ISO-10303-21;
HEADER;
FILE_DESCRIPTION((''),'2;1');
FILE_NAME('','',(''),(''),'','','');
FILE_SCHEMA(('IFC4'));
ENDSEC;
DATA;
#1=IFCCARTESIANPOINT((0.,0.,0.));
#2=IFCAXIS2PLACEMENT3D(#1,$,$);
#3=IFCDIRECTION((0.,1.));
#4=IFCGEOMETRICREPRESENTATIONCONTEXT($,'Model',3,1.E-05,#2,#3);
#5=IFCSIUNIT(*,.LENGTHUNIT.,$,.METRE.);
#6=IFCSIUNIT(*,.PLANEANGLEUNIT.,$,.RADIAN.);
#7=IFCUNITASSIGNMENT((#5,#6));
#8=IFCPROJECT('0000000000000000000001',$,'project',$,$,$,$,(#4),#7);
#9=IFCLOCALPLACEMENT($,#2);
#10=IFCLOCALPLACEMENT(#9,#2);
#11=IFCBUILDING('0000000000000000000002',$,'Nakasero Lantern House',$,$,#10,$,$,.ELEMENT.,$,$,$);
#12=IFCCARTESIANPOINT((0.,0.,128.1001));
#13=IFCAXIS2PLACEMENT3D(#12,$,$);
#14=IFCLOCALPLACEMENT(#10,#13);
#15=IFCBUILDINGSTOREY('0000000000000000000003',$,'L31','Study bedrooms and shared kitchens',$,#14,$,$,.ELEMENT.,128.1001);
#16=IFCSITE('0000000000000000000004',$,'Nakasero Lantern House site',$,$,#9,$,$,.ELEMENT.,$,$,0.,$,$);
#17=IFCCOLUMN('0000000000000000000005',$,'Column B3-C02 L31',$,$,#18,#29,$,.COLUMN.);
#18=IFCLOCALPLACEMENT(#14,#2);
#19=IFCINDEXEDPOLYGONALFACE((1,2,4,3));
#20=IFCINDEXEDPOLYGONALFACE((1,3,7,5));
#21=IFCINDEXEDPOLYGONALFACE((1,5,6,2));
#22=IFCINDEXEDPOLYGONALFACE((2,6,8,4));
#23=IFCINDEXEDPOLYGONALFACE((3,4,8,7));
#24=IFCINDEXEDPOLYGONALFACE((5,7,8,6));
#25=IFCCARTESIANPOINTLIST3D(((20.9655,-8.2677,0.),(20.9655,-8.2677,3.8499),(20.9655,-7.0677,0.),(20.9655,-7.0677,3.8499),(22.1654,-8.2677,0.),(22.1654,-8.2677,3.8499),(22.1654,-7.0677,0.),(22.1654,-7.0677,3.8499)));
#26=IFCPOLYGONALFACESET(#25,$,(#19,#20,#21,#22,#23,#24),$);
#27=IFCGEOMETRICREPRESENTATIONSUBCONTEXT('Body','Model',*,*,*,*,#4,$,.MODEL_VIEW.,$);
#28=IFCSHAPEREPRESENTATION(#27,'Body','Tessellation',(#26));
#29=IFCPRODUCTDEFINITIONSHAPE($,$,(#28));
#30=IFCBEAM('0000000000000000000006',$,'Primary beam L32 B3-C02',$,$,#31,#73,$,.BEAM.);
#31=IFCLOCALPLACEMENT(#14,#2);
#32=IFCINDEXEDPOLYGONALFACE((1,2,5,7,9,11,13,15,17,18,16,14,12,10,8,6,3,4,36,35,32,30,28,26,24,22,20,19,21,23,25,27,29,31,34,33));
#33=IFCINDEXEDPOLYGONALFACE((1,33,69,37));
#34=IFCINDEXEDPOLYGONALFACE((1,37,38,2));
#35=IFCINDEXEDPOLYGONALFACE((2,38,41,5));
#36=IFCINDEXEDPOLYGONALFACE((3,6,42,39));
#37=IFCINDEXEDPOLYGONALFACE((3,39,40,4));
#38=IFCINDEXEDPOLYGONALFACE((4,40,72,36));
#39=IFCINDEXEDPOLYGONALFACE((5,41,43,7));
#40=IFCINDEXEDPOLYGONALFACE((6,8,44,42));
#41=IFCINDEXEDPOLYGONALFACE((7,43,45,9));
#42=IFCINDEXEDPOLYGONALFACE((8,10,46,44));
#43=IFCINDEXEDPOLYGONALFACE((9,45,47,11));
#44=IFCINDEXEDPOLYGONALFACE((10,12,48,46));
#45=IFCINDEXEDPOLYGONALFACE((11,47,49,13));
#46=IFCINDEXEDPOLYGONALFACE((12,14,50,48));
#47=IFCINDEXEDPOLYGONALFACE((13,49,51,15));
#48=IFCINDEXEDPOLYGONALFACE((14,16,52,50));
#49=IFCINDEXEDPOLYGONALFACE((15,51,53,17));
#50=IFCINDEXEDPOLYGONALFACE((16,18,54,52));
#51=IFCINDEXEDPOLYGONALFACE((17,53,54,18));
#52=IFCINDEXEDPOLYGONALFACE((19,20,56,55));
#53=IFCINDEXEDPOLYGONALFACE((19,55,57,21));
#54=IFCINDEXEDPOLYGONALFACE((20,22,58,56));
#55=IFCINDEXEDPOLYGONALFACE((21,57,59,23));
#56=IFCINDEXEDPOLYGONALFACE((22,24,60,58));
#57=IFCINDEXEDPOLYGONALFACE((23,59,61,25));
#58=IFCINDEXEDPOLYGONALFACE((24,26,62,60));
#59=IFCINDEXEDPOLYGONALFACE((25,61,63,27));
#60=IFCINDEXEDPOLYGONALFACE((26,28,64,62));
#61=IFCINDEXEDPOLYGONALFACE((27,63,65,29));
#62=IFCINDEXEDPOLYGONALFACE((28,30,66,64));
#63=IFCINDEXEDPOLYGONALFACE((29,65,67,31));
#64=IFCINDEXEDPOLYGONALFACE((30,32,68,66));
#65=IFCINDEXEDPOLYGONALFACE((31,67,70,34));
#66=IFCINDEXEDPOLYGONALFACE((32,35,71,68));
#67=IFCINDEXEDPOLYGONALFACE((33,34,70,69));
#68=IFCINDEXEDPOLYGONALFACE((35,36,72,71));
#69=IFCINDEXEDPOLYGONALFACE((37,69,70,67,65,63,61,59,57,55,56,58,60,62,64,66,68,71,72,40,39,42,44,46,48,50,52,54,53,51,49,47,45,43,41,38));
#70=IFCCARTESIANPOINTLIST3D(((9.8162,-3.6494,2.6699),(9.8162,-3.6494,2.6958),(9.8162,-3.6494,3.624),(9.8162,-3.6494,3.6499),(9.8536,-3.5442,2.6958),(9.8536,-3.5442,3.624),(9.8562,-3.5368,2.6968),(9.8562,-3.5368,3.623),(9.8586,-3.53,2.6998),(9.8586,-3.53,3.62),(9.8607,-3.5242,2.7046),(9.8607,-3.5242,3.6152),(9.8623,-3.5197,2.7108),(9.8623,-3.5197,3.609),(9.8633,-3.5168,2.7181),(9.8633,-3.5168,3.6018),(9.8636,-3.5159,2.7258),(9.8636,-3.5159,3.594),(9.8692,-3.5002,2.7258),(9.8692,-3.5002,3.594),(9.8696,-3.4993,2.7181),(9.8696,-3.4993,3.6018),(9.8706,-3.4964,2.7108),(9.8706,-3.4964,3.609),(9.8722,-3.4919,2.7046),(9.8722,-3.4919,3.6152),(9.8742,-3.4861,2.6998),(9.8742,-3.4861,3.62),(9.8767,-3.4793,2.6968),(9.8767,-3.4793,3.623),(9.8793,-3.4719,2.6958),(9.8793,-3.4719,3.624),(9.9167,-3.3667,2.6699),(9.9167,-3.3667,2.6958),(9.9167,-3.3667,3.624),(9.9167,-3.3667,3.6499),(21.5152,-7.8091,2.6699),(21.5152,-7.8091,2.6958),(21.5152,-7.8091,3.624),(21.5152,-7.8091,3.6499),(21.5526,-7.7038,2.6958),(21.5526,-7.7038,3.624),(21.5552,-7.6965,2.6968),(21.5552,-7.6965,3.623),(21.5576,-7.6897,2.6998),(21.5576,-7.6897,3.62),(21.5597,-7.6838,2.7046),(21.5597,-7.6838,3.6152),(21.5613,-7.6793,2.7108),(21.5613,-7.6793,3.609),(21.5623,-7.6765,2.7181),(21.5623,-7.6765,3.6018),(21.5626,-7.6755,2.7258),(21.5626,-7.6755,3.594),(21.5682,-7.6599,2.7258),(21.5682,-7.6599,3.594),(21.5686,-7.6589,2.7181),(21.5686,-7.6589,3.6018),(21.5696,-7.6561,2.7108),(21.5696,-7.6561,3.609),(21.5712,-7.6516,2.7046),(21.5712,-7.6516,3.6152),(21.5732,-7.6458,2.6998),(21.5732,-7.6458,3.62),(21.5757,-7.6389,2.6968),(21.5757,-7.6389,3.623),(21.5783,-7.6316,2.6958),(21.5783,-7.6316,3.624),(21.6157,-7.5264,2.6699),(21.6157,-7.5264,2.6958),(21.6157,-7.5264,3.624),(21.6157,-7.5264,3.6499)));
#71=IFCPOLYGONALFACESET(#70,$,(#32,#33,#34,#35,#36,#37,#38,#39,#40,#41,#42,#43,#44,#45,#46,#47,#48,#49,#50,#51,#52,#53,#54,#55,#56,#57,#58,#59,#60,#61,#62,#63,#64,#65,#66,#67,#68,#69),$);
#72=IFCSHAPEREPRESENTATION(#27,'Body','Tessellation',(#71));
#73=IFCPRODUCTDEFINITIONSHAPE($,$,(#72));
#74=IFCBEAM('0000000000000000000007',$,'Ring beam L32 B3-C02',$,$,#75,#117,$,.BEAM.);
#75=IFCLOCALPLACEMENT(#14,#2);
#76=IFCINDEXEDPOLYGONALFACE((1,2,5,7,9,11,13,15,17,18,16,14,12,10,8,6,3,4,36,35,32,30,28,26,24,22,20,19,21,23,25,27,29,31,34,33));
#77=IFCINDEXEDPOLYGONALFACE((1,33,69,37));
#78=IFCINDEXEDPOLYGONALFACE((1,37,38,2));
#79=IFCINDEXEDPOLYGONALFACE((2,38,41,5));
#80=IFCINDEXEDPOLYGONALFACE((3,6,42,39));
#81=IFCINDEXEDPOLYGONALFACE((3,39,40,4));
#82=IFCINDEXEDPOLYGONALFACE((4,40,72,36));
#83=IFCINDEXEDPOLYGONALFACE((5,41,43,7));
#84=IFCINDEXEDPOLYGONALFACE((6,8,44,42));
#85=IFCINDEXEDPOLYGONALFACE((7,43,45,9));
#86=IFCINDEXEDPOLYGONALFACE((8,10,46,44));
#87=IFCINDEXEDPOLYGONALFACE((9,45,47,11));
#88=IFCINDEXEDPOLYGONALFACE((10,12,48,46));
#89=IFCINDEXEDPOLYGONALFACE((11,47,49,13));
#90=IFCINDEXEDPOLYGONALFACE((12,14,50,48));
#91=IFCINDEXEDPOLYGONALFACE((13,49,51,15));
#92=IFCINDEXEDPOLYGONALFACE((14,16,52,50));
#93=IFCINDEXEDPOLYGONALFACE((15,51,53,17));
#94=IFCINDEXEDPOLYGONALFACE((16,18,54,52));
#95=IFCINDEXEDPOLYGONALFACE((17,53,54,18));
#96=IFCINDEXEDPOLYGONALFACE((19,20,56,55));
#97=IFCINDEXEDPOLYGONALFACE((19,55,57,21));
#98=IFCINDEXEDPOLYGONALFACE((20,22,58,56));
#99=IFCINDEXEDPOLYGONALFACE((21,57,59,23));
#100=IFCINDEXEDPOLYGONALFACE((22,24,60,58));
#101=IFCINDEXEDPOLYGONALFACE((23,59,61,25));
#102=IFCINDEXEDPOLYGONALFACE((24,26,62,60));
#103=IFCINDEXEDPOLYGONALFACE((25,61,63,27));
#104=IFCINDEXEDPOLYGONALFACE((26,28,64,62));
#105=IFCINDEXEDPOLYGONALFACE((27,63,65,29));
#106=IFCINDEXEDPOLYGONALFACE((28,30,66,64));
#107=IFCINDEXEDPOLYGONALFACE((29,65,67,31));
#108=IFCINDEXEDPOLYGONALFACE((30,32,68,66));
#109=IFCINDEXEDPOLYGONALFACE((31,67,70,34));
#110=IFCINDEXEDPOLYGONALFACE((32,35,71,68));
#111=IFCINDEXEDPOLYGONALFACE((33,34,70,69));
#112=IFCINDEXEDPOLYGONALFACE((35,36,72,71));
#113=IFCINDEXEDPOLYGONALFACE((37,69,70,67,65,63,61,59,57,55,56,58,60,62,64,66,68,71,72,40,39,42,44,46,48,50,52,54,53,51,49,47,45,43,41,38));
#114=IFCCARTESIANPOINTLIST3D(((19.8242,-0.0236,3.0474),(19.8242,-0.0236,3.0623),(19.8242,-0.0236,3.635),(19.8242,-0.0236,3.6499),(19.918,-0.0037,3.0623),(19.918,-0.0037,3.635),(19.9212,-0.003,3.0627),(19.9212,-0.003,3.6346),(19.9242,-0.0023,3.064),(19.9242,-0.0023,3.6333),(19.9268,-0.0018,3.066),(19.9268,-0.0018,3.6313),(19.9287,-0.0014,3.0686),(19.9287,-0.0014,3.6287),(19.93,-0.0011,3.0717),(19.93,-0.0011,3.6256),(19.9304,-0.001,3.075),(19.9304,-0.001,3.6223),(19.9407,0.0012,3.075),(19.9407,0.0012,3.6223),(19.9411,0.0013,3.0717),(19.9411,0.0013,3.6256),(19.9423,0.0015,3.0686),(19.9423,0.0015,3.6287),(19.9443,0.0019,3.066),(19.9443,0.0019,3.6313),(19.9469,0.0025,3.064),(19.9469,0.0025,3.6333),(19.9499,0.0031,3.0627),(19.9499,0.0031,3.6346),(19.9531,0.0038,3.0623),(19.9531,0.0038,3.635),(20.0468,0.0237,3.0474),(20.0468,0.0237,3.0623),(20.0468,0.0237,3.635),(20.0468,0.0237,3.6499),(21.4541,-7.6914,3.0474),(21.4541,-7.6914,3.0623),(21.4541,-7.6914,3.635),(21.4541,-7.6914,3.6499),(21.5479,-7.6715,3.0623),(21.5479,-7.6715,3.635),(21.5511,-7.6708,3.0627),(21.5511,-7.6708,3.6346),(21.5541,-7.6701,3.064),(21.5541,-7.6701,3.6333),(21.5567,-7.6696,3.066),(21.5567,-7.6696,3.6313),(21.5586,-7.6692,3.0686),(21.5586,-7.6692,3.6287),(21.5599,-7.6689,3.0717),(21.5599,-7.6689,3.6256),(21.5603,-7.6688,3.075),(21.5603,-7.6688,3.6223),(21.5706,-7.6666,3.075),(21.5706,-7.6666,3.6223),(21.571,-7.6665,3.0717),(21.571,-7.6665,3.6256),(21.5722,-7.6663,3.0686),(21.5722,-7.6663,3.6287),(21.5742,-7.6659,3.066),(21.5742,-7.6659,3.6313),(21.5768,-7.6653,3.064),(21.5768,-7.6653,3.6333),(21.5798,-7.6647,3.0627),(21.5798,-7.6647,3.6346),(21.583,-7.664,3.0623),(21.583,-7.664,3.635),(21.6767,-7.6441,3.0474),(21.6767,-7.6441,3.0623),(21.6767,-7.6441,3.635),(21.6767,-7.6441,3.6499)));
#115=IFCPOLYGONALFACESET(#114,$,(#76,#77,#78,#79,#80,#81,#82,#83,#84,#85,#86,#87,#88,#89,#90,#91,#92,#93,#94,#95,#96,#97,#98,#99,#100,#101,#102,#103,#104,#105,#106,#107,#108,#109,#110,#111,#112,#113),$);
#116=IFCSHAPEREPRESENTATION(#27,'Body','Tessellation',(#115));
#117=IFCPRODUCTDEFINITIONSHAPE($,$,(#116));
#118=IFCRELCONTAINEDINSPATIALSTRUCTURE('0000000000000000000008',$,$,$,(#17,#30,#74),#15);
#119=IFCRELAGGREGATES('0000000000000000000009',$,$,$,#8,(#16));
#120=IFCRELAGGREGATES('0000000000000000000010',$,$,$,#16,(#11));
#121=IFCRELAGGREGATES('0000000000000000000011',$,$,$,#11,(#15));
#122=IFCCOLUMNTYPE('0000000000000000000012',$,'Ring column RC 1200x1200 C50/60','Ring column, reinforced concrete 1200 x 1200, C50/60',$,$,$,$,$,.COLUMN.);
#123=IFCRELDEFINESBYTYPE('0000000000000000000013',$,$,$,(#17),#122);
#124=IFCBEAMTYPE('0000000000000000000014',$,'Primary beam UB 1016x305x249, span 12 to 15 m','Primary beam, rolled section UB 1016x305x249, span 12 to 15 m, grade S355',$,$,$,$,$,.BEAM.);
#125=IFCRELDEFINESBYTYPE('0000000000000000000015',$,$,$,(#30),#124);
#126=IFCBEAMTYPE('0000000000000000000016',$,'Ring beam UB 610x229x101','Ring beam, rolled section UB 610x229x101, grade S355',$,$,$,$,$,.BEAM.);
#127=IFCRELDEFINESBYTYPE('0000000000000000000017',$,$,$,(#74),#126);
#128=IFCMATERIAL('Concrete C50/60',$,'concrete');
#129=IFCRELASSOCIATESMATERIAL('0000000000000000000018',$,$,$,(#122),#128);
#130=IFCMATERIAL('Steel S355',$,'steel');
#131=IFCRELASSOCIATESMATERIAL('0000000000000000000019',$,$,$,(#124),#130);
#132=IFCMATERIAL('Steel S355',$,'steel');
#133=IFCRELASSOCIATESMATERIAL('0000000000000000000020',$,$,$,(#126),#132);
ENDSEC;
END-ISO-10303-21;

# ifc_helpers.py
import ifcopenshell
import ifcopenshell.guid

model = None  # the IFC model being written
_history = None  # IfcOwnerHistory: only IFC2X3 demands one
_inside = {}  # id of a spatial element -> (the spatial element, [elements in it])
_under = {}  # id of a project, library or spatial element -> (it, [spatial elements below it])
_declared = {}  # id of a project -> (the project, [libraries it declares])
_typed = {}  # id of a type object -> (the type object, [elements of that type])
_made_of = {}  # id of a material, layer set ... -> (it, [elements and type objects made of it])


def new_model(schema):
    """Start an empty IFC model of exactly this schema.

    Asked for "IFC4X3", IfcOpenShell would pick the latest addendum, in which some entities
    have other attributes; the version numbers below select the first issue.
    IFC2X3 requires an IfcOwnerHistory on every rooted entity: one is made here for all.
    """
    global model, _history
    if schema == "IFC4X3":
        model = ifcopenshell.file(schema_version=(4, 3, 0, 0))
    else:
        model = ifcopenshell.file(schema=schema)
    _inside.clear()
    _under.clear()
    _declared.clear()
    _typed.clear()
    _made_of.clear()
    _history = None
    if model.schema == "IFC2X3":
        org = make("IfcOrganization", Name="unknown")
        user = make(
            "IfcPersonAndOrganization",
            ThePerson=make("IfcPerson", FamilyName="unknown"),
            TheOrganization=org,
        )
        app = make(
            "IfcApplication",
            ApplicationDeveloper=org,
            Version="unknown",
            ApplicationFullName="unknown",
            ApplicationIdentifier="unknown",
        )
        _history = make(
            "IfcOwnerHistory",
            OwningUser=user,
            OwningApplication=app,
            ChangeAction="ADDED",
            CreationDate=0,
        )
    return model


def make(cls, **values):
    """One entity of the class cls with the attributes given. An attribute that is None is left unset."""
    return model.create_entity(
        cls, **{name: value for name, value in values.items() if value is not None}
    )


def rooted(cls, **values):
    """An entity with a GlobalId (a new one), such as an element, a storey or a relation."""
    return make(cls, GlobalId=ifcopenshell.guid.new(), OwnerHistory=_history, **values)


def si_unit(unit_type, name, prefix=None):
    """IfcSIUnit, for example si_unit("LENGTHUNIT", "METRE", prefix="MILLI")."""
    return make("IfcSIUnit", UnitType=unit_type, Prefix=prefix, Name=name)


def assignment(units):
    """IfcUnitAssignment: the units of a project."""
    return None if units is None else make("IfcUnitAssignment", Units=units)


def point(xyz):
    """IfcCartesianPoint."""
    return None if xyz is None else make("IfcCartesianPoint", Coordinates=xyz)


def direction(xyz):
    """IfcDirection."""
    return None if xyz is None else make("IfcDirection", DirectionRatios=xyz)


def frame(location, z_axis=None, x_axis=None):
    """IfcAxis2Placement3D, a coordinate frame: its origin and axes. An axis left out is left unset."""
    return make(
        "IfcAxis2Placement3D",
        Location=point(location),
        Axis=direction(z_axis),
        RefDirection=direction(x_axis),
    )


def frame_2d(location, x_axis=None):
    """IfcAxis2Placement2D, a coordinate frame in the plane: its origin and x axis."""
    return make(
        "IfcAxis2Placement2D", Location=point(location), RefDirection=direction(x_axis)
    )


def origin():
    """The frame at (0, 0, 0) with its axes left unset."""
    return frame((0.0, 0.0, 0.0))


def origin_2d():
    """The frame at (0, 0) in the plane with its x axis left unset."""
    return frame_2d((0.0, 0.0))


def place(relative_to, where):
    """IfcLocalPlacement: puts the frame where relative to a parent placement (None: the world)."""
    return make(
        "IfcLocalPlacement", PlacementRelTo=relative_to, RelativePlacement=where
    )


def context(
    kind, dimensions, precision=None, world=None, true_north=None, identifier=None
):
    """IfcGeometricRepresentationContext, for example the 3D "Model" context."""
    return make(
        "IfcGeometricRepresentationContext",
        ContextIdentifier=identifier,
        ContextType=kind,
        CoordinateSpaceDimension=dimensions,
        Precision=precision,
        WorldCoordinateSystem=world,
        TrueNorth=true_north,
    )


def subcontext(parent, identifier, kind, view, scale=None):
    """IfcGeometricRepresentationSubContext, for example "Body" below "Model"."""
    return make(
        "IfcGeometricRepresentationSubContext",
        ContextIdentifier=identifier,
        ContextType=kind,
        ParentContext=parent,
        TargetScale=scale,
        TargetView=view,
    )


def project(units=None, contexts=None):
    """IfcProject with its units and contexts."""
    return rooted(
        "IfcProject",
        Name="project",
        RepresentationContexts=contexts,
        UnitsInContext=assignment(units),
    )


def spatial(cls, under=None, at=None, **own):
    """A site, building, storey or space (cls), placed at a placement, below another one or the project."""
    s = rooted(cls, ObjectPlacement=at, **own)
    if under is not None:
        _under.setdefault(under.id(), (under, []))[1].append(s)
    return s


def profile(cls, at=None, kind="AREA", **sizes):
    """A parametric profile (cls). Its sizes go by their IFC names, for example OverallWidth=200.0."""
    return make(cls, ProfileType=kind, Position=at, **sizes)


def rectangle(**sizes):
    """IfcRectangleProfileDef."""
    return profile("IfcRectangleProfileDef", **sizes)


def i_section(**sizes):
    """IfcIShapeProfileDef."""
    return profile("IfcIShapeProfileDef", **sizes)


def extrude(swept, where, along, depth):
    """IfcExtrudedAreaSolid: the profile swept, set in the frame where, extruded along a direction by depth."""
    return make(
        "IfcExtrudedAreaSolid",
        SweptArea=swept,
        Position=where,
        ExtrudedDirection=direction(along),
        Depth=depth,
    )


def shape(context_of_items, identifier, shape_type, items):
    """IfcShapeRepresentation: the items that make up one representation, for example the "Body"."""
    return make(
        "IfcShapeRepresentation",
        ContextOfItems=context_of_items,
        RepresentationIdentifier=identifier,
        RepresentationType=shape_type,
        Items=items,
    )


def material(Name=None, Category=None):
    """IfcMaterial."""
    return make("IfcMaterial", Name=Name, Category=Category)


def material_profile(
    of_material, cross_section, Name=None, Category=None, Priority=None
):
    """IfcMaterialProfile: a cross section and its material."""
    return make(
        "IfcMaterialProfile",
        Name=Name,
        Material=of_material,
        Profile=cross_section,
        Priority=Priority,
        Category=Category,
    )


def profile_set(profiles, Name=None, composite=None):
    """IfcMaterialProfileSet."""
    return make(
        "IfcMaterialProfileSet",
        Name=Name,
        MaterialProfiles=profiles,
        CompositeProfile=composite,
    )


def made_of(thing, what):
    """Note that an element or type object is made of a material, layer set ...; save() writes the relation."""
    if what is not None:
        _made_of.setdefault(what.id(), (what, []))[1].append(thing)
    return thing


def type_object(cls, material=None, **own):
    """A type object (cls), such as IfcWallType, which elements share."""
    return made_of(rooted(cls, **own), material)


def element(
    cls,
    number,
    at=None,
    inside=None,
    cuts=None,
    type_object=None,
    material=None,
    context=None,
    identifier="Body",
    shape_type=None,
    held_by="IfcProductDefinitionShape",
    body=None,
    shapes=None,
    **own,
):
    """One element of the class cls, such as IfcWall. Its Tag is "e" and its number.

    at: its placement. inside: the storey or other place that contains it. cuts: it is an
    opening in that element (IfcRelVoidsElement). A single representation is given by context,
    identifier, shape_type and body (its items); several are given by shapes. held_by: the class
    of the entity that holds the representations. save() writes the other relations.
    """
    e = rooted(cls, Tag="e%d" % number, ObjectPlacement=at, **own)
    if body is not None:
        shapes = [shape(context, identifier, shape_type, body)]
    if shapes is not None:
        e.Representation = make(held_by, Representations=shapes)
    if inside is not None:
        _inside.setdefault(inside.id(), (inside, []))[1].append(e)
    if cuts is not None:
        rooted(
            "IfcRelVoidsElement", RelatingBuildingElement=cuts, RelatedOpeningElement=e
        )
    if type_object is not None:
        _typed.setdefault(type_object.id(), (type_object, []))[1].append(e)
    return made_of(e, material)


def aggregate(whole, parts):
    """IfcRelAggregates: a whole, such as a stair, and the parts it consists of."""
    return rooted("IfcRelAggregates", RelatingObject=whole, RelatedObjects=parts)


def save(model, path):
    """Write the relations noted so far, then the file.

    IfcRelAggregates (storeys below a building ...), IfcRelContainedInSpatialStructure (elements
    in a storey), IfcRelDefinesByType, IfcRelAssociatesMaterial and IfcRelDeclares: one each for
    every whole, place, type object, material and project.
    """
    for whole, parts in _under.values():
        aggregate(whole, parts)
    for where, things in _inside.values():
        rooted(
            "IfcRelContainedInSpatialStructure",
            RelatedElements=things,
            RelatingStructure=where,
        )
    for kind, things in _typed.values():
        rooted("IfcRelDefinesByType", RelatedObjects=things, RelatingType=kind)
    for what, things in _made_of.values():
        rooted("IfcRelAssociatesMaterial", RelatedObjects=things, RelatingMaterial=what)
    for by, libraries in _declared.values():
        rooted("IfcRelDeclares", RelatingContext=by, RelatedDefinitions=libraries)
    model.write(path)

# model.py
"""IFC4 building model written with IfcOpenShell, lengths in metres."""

from ifc_helpers import new_model, si_unit, direction, frame, origin, origin_2d, place, context, subcontext, project, spatial, rectangle, i_section, extrude, material, material_profile, profile_set, type_object, element, save


model = new_model("IFC4")

# Units and contexts
model_context = context("Model", 3, precision=1e-05, world=origin(), true_north=direction((0.0, 1.0)))
body_context = subcontext(model_context, "Body", "Model", "MODEL_VIEW")
ifc_project = project(units=[si_unit("LENGTHUNIT", "METRE"), si_unit("PLANEANGLEUNIT", "RADIAN")], contexts=[model_context])

# Site, building, storey
site_placement = place(None, origin())
site = spatial("IfcSite", under=ifc_project, at=site_placement, Name="Nakasero Lantern House site", CompositionType="ELEMENT", RefElevation=0.0)
building_placement = place(site_placement, origin())
building = spatial("IfcBuilding", under=site, at=building_placement, Name="Nakasero Lantern House", CompositionType="ELEMENT")
storey_placement = place(building_placement, frame((0.0, 0.0, 128.1001)))
storey = spatial("IfcBuildingStorey", under=building, at=storey_placement, Name="L31", Description="Study bedrooms and shared kitchens", CompositionType="ELEMENT", Elevation=128.1001)

# Column
ifc_material_1 = material(Name="Concrete C50/60", Category="concrete")
ifc_material_profile_1 = material_profile(ifc_material_1, rectangle(XDim=1.2, YDim=1.2, at=origin_2d()), Name="RC 1200x1200")
ifc_profile_set_1 = profile_set([ifc_material_profile_1], Name="Concrete C50/60")
column_type = type_object("IfcColumnType", Name="Ring column RC 1200x1200 C50/60", Description="Ring column, reinforced concrete 1200 x 1200, C50/60", PredefinedType="COLUMN", material=ifc_profile_set_1)
column_placement = place(storey_placement, frame((21.5654, -7.6677, 0.0), z_axis=(0.0, 0.0, 1.0), x_axis=(1.0, 0.0, 0.0)))
element("IfcColumn", 1, at=column_placement, inside=storey, type_object=column_type, Name="Column B3-C02 L31", PredefinedType="COLUMN", context=body_context, shape_type="SweptSolid", body=[
    extrude(rectangle(XDim=1.2, YDim=1.2, at=origin_2d()), origin(), (0.0, 0.0, 1.0), 3.8499),
])

# Beams
ifc_material_2 = material(Name="Steel S355", Category="steel")
ifc_material_profile_2 = material_profile(ifc_material_2, i_section(OverallWidth=0.3, OverallDepth=0.98, WebThickness=0.0166, FlangeThickness=0.0259, FilletRadius=0.03, at=origin_2d()), Name="UB 1016x305x249")
ifc_profile_set_2 = profile_set([ifc_material_profile_2], Name="Steel S355")
beam_type_1 = type_object("IfcBeamType", Name="Primary beam UB 1016x305x249, span 12 to 15 m", Description="Primary beam, rolled section UB 1016x305x249, span 12 to 15 m, grade S355", PredefinedType="BEAM", material=ifc_profile_set_2)
beam_1_placement = place(storey_placement, frame((21.5654, -7.6677, 3.1599), z_axis=(-0.942214, 0.335012, 0.0), x_axis=(-0.335012, -0.942214, 0.0)))
element("IfcBeam", 2, at=beam_1_placement, inside=storey, type_object=beam_type_1, Name="Primary beam L32 B3-C02", PredefinedType="BEAM", context=body_context, shape_type="SweptSolid", body=[
    extrude(i_section(OverallWidth=0.3, OverallDepth=0.98, WebThickness=0.0166, FlangeThickness=0.0259, FilletRadius=0.03, at=origin_2d()), origin(), (0.0, 0.0, 1.0), 12.4165),
])
ifc_material_3 = material(Name="Steel S355", Category="steel")
ifc_material_profile_3 = material_profile(ifc_material_3, i_section(OverallWidth=0.2275, OverallDepth=0.6025, WebThickness=0.0105, FlangeThickness=0.0149, FilletRadius=0.0127, at=origin_2d()), Name="UB 610x229x101")
ifc_profile_set_3 = profile_set([ifc_material_profile_3], Name="Steel S355")
beam_type_2 = type_object("IfcBeamType", Name="Ring beam UB 610x229x101", Description="Ring beam, rolled section UB 610x229x101, grade S355", PredefinedType="BEAM", material=ifc_profile_set_3)
beam_2_placement = place(storey_placement, frame((21.5654, -7.6677, 3.3486), z_axis=(-0.207919, 0.978146, 0.0), x_axis=(-0.978146, -0.207919, 0.0)))
element("IfcBeam", 3, at=beam_2_placement, inside=storey, type_object=beam_type_2, Name="Ring beam L32 B3-C02", PredefinedType="BEAM", context=body_context, shape_type="SweptSolid", body=[
    extrude(i_section(OverallWidth=0.2275, OverallDepth=0.6025, WebThickness=0.0105, FlangeThickness=0.0149, FilletRadius=0.0127, at=origin_2d()), origin(), (0.0, 0.0, 1.0), 7.8391),
])

save(model, "model.ifc")
